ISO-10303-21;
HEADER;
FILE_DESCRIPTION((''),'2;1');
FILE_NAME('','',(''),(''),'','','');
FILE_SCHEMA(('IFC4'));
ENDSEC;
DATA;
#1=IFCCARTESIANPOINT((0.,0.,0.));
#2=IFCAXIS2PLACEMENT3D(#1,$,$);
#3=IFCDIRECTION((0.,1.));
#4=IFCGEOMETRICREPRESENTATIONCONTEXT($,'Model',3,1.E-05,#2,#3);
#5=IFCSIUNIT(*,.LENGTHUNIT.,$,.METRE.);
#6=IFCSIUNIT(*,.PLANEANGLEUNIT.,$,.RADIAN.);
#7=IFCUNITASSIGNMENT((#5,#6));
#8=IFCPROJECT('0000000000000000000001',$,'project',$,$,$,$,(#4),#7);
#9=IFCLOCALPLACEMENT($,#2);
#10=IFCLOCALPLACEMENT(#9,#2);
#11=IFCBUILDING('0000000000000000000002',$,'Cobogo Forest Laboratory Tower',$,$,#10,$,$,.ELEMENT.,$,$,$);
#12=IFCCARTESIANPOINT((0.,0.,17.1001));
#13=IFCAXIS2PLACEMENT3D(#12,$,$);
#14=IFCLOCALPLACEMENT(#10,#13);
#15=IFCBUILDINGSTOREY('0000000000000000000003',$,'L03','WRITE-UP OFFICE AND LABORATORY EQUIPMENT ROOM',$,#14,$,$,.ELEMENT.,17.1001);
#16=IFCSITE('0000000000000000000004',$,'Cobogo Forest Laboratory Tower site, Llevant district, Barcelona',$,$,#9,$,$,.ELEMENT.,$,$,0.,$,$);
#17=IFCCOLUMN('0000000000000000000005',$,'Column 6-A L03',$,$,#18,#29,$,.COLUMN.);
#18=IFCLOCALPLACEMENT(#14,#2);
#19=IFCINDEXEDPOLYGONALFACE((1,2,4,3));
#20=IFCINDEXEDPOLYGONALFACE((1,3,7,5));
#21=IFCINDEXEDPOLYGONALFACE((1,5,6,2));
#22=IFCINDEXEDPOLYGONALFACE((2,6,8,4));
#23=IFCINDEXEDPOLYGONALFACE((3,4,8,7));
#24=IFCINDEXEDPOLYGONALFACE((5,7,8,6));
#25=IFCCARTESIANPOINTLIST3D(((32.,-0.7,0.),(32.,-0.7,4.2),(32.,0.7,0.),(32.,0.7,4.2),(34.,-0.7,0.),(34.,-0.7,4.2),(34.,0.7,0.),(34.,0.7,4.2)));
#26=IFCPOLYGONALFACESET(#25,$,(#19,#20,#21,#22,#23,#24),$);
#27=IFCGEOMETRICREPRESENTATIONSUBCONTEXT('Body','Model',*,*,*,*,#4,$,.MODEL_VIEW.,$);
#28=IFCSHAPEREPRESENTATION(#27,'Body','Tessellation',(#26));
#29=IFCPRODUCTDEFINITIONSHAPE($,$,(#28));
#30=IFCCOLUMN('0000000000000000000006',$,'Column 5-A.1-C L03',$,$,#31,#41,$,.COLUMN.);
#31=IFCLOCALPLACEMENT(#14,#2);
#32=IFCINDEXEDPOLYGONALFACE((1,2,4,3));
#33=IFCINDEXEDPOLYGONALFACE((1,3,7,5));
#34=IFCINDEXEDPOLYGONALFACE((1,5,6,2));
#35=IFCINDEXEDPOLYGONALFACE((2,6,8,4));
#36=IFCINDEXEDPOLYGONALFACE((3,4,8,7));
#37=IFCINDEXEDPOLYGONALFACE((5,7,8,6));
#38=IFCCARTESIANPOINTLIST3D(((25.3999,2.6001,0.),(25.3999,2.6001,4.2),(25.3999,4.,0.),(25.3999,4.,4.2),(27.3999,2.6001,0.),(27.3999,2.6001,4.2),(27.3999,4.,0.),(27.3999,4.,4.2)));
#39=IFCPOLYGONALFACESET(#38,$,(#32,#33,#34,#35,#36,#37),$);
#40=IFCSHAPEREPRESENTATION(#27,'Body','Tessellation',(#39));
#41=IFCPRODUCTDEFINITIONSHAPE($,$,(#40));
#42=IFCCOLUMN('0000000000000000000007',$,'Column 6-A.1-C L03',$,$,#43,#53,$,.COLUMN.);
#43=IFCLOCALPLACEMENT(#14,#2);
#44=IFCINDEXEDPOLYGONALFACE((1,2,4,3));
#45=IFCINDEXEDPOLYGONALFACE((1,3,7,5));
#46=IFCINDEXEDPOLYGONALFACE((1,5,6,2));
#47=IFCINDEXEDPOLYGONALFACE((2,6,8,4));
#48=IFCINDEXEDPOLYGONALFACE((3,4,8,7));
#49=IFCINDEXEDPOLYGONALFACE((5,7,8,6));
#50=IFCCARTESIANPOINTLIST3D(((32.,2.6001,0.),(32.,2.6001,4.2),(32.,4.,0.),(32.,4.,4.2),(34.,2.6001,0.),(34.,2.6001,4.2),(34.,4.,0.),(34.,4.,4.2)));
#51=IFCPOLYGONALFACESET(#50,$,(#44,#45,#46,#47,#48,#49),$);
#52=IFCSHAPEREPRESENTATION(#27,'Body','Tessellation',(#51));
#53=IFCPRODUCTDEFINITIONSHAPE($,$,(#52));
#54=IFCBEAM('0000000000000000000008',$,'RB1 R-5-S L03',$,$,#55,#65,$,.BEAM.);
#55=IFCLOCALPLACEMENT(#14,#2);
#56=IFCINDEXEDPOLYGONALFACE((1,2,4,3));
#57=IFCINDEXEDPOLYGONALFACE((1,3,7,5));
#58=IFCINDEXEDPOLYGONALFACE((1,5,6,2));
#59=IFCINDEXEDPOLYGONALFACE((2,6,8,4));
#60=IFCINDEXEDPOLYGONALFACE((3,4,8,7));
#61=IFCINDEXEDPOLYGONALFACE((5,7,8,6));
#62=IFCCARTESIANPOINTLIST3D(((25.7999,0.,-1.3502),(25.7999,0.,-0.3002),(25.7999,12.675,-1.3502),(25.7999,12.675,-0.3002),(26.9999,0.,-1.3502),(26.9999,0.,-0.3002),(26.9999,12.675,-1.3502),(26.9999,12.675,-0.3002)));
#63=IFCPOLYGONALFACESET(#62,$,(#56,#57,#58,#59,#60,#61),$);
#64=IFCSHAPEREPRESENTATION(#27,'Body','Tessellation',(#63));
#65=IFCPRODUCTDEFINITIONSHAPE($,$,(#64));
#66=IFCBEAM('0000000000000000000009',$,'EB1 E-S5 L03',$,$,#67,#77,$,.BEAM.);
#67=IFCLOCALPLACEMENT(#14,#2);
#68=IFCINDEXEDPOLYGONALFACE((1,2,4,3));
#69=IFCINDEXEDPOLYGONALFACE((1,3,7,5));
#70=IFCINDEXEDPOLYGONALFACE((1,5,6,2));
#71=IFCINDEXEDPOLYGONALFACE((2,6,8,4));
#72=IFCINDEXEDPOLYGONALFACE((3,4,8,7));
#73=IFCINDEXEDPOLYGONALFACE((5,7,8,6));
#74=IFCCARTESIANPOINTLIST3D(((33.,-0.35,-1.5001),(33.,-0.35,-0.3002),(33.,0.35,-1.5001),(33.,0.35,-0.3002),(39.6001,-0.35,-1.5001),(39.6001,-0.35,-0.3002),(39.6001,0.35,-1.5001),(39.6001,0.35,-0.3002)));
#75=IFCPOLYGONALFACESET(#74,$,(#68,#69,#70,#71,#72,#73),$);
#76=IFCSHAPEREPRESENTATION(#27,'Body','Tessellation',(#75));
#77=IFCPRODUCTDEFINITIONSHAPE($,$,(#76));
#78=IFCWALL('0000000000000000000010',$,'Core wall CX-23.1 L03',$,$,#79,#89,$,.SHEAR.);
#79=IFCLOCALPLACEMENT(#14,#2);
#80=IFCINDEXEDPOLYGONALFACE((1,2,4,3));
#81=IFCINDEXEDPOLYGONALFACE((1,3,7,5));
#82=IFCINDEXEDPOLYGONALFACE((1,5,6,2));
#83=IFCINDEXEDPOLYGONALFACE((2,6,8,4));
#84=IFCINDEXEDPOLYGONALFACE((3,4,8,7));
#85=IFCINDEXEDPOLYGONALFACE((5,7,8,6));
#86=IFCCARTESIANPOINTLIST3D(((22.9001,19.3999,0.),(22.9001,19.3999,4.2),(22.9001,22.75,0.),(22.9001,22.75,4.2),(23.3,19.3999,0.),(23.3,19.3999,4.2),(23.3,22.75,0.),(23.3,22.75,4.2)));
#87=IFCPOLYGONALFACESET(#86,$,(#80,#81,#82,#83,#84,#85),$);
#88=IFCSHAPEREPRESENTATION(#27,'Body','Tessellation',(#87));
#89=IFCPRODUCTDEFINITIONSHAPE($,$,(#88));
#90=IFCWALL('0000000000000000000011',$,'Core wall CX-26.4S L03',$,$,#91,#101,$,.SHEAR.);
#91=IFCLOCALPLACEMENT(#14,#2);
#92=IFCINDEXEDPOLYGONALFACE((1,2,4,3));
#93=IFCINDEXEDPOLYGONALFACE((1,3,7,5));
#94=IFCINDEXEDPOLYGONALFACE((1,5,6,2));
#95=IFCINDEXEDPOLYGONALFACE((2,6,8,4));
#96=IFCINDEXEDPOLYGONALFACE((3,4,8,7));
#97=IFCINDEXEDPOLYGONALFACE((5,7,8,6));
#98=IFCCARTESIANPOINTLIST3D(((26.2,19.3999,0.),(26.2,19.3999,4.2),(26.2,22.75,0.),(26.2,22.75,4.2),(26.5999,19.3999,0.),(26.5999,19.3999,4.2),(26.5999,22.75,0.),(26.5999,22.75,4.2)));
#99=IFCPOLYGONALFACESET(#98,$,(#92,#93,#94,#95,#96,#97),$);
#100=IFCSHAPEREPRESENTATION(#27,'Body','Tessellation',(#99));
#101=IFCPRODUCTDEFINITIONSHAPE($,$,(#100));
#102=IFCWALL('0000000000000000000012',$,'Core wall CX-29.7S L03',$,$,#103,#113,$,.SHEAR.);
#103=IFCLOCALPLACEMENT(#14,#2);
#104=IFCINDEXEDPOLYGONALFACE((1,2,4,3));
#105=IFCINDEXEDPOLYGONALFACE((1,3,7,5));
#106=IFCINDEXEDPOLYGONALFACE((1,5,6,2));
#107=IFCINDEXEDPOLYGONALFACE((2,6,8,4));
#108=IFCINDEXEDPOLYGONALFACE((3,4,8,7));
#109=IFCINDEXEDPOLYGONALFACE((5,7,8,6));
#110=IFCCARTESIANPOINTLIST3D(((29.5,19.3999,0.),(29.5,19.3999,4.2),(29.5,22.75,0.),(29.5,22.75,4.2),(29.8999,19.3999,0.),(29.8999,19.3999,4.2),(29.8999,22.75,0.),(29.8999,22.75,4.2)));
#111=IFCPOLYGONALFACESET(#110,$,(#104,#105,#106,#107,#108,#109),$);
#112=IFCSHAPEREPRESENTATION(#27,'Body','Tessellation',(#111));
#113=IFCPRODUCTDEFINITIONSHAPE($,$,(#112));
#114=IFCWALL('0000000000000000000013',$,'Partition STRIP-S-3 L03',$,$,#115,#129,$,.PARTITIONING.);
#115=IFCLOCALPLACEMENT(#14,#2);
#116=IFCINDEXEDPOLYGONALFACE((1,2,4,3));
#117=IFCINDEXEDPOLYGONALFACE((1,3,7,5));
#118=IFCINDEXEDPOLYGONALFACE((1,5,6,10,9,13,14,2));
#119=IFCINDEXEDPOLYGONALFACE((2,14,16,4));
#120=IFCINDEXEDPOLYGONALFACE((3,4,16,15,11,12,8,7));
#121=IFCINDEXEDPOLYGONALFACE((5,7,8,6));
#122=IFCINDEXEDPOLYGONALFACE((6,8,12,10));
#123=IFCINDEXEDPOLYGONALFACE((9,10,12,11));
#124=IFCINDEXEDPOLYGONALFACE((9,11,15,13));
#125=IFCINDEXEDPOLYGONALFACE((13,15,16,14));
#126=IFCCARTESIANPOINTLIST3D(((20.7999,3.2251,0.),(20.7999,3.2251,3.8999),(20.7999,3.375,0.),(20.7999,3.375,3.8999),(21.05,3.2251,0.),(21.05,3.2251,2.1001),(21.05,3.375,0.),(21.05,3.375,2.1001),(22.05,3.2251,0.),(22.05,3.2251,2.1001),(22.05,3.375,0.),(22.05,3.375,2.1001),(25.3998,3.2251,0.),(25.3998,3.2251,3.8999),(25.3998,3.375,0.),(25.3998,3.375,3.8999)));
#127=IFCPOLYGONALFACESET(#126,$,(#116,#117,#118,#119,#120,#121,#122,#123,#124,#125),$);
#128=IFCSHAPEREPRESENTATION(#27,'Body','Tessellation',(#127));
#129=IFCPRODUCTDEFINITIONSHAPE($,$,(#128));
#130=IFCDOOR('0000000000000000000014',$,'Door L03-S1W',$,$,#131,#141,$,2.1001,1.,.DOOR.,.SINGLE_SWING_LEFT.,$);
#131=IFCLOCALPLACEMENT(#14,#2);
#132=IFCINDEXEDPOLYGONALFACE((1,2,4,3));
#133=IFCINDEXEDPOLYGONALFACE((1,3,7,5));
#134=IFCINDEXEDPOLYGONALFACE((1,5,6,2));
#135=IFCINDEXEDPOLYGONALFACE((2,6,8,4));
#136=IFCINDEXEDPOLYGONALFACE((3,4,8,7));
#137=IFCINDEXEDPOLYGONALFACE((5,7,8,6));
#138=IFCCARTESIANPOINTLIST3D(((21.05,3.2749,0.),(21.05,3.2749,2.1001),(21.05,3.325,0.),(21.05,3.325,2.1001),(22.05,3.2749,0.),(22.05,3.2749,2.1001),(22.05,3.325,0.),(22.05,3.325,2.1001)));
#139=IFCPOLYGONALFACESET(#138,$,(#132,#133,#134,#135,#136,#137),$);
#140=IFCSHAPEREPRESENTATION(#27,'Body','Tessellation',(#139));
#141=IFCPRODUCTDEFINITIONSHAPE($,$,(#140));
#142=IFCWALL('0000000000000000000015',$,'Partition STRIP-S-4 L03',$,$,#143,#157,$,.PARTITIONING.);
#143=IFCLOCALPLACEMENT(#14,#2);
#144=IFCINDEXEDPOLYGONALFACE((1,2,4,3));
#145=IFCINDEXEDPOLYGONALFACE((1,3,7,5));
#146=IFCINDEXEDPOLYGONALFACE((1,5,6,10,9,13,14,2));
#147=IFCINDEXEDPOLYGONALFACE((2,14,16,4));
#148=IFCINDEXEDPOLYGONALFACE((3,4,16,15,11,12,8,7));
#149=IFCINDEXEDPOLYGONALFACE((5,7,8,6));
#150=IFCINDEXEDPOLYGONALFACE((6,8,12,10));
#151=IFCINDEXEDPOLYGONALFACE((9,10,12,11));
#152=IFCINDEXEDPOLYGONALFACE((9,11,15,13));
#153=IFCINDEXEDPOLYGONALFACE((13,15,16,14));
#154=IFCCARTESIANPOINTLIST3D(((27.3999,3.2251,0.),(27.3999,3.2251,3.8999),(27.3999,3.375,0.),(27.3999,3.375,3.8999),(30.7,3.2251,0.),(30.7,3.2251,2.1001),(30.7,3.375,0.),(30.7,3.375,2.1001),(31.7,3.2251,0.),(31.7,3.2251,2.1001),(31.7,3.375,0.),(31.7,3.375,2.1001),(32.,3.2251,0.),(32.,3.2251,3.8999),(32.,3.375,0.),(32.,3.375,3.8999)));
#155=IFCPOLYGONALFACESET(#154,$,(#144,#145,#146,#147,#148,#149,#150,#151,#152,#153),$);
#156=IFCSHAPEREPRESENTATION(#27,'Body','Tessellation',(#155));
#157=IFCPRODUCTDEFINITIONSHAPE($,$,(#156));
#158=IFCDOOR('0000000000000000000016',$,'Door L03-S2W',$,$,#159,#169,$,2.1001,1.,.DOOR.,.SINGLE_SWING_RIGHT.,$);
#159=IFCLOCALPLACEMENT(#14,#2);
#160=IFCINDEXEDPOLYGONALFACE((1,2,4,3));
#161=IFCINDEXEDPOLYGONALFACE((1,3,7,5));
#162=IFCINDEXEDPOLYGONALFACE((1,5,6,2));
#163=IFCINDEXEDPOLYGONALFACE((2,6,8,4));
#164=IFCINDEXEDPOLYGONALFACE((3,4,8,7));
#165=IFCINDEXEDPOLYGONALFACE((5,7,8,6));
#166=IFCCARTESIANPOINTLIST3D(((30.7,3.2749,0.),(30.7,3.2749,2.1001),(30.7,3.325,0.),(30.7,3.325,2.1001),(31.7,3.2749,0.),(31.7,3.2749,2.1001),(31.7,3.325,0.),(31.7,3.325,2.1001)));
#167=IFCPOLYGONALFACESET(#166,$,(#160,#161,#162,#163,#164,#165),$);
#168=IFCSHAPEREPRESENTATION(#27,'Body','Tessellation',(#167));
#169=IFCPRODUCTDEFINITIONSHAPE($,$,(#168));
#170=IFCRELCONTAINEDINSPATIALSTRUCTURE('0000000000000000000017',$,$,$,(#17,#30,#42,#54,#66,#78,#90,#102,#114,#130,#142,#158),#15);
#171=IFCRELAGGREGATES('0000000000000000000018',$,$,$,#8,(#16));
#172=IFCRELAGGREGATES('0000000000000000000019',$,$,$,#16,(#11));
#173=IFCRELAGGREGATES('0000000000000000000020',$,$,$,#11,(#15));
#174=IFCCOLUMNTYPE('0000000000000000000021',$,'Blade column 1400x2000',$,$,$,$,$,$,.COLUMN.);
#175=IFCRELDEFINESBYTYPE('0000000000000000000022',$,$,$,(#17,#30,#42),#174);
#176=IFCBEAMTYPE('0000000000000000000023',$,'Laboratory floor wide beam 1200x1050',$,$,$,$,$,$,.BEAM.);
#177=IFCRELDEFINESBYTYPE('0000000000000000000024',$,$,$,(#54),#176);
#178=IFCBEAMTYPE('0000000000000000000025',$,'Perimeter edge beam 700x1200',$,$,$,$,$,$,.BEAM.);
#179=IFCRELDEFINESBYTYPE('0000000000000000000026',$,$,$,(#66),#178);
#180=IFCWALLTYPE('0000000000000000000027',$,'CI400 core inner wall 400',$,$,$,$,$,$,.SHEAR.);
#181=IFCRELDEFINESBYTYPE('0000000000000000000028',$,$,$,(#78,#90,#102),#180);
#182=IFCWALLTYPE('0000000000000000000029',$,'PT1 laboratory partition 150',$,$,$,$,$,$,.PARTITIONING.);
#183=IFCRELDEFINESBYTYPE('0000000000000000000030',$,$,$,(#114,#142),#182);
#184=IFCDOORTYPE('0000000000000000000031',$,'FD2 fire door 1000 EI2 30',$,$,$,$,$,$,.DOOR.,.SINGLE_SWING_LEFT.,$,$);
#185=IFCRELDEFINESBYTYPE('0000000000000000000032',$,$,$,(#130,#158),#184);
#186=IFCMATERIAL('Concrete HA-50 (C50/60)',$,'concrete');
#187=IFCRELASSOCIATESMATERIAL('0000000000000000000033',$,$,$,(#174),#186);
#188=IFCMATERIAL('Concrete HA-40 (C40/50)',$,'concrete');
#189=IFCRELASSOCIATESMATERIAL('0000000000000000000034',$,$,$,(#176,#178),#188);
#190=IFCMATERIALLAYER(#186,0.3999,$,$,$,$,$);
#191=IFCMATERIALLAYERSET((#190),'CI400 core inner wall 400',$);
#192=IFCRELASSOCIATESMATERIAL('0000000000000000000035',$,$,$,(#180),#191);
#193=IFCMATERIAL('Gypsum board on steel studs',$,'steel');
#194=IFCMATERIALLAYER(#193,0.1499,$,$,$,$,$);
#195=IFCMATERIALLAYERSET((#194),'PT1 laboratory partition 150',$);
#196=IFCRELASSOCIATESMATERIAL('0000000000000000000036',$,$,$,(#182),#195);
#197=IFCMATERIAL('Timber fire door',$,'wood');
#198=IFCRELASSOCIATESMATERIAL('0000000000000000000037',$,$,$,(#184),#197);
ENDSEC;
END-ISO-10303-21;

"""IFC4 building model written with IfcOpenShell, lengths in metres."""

from ifc_helpers import new_model, si_unit, direction, frame, frame_2d, origin, origin_2d, place, context, subcontext, project, spatial, rectangle, extrude, material, layer, layer_set, material_profile, profile_set, type_object, element, fill, save


model = new_model("IFC4")

# Units and contexts
model_context = context("Model", 3, precision=1e-05, world=origin(), true_north=direction((0.0, 1.0)))
body_context = subcontext(model_context, "Body", "Model", "MODEL_VIEW")
ifc_project = project(units=[si_unit("LENGTHUNIT", "METRE"), si_unit("PLANEANGLEUNIT", "RADIAN")], contexts=[model_context])

# Site, building, storey
site_placement = place(None, origin())
site = spatial("IfcSite", under=ifc_project, at=site_placement, Name="Cobogo Forest Laboratory Tower site, Llevant district, Barcelona", CompositionType="ELEMENT", RefElevation=0.0)
building_placement = place(site_placement, origin())
building = spatial("IfcBuilding", under=site, at=building_placement, Name="Cobogo Forest Laboratory Tower", CompositionType="ELEMENT")
storey_placement = place(building_placement, frame((0.0, 0.0, 17.1001)))
storey = spatial("IfcBuildingStorey", under=building, at=storey_placement, Name="L03", Description="WRITE-UP OFFICE AND LABORATORY EQUIPMENT ROOM", CompositionType="ELEMENT", Elevation=17.1001)

# Columns
ifc_material_1 = material(Name="Concrete HA-50 (C50/60)", Category="concrete")
ifc_material_profile_1 = material_profile(ifc_material_1, rectangle(XDim=2.0, YDim=1.3999, at=origin_2d()), Name="RC 1400x2000")
ifc_profile_set_1 = profile_set([ifc_material_profile_1], Name="Concrete HA-50 (C50/60)")
column_type = type_object("IfcColumnType", Name="Blade column 1400x2000", PredefinedType="COLUMN", material=ifc_profile_set_1)
for number, where, z_axis, x_axis, name in (
    (1, (33.0, 0.0, 0.0), (0.0, 0.0, 1.0), (1.0, 0.0, 0.0), "Column 6-A L03"),
    (2, (26.3999, 3.3, 0.0), (0.0, 0.0, 1.0), (1.0, 0.0, 0.0), "Column 5-A.1-C L03"),
    (3, (33.0, 3.3, 0.0), (0.0, 0.0, 1.0), (1.0, 0.0, 0.0), "Column 6-A.1-C L03"),
):
    element("IfcColumn", number, at=place(storey_placement, frame(where, z_axis=z_axis, x_axis=x_axis)), inside=storey, type_object=column_type, Name=name, PredefinedType="COLUMN", context=body_context, shape_type="SweptSolid", body=[
        extrude(rectangle(XDim=2.0, YDim=1.3999, at=origin_2d()), origin(), (0.0, 0.0, 1.0), 4.2),
    ])

# Beams
ifc_material_2 = material(Name="Concrete HA-40 (C40/50)", Category="concrete")
ifc_material_profile_2 = material_profile(ifc_material_2, rectangle(XDim=1.2, YDim=1.05, at=origin_2d()), Name="RC 1200x1050")
ifc_profile_set_2 = profile_set([ifc_material_profile_2], Name="Concrete HA-40 (C40/50)")
beam_type_1 = type_object("IfcBeamType", Name="Laboratory floor wide beam 1200x1050", PredefinedType="BEAM", material=ifc_profile_set_2)
beam_1_placement = place(storey_placement, frame((26.3999, 12.675, -0.8252), z_axis=(0.0, -1.0, 0.0), x_axis=(1.0, 0.0, 0.0)))
element("IfcBeam", 4, at=beam_1_placement, inside=storey, type_object=beam_type_1, Name="RB1 R-5-S L03", PredefinedType="BEAM", context=body_context, shape_type="SweptSolid", body=[
    extrude(rectangle(XDim=1.2, YDim=1.05, at=origin_2d()), origin(), (0.0, 0.0, 1.0), 12.675),
])
ifc_material_profile_3 = material_profile(ifc_material_2, rectangle(XDim=0.7, YDim=1.2, at=origin_2d()), Name="RC 700x1200")
ifc_profile_set_3 = profile_set([ifc_material_profile_3], Name="Concrete HA-40 (C40/50)")
beam_type_2 = type_object("IfcBeamType", Name="Perimeter edge beam 700x1200", PredefinedType="BEAM", material=ifc_profile_set_3)
beam_2_placement = place(storey_placement, frame((33.0, 0.0, -0.9001), z_axis=(1.0, 0.0, 0.0), x_axis=(0.0, 1.0, 0.0)))
element("IfcBeam", 5, at=beam_2_placement, inside=storey, type_object=beam_type_2, Name="EB1 E-S5 L03", PredefinedType="BEAM", context=body_context, shape_type="SweptSolid", body=[
    extrude(rectangle(XDim=0.7, YDim=1.2, at=origin_2d()), origin(), (0.0, 0.0, 1.0), 6.6001),
])

# Walls
ifc_layer_1 = layer(ifc_material_1, 0.3999)
ifc_layer_set_1 = layer_set([ifc_layer_1], Name="CI400 core inner wall 400")
wall_type_1 = type_object("IfcWallType", Name="CI400 core inner wall 400", PredefinedType="SHEAR", material=ifc_layer_set_1)
for number, where, z_axis, x_axis, name in (
    (6, (23.1001, 19.3999, 0.0), (0.0, 0.0, 1.0), (0.0, 1.0, 0.0), "Core wall CX-23.1 L03"),
    (7, (26.3999, 19.3999, 0.0), (0.0, 0.0, 1.0), (0.0, 1.0, 0.0), "Core wall CX-26.4S L03"),
    (8, (29.7, 19.3999, 0.0), (0.0, 0.0, 1.0), (0.0, 1.0, 0.0), "Core wall CX-29.7S L03"),
):
    element("IfcWall", number, at=place(storey_placement, frame(where, z_axis=z_axis, x_axis=x_axis)), inside=storey, type_object=wall_type_1, Name=name, PredefinedType="SHEAR", context=body_context, shape_type="SweptSolid", body=[
        extrude(rectangle(XDim=3.3501, YDim=0.3999, at=frame_2d((1.675, 0.0))), origin(), (0.0, 0.0, 1.0), 4.2),
    ])

# Walls, openings, doors
ifc_material_3 = material(Name="Gypsum board on steel studs", Category="steel")
ifc_layer_2 = layer(ifc_material_3, 0.1499)
ifc_layer_set_2 = layer_set([ifc_layer_2], Name="PT1 laboratory partition 150")
wall_type_2 = type_object("IfcWallType", Name="PT1 laboratory partition 150", PredefinedType="PARTITIONING", material=ifc_layer_set_2)
wall_1_placement = place(storey_placement, frame((20.8, 3.3, 0.0), z_axis=(0.0, 0.0, 1.0), x_axis=(1.0, 0.0, 0.0)))
wall_1 = element("IfcWall", 9, at=wall_1_placement, inside=storey, type_object=wall_type_2, Name="Partition STRIP-S-3 L03", PredefinedType="PARTITIONING", context=body_context, shape_type="SweptSolid", body=[
    extrude(rectangle(XDim=4.5999, YDim=0.1499, at=frame_2d((2.2998, 0.0))), origin(), (0.0, 0.0, 1.0), 3.8999),
])
opening_1_placement = place(wall_1_placement, frame((0.25, 0.0, 0.0)))
opening_1 = element("IfcOpeningElement", 10, at=opening_1_placement, cuts=wall_1, PredefinedType="OPENING", context=body_context, shape_type="SweptSolid", body=[
    extrude(rectangle(XDim=1.0, YDim=2.1001, at=frame_2d((0.5, 1.05))), frame((0.0, 0.085, 0.0), z_axis=(0.0, -1.0, 0.0), x_axis=(1.0, 0.0, 0.0)), (0.0, 0.0, 1.0), 0.1699),
])
ifc_material_4 = material(Name="Timber fire door", Category="wood")
door_type_1 = type_object("IfcDoorType", Name="FD2 fire door 1000 EI2 30", OperationType="SINGLE_SWING_LEFT", PredefinedType="DOOR", material=ifc_material_4)
door_1_placement = place(opening_1_placement, origin())
door_1 = element("IfcDoor", 11, at=door_1_placement, inside=storey, type_object=door_type_1, Name="Door L03-S1W", OperationType="SINGLE_SWING_LEFT", OverallHeight=2.1001, OverallWidth=1.0, PredefinedType="DOOR", context=body_context, shape_type="SweptSolid", body=[
    extrude(rectangle(XDim=1.0, YDim=2.1001, at=frame_2d((0.5, 1.05))), frame((0.0, 0.0249, 0.0), z_axis=(0.0, -1.0, 0.0), x_axis=(1.0, 0.0, 0.0)), (0.0, 0.0, 1.0), 0.05),
])
fill(opening_1, door_1)
wall_2_placement = place(storey_placement, frame((27.3999, 3.3, 0.0), z_axis=(0.0, 0.0, 1.0), x_axis=(1.0, 0.0, 0.0)))
wall_2 = element("IfcWall", 12, at=wall_2_placement, inside=storey, type_object=wall_type_2, Name="Partition STRIP-S-4 L03", PredefinedType="PARTITIONING", context=body_context, shape_type="SweptSolid", body=[
    extrude(rectangle(XDim=4.6001, YDim=0.1499, at=frame_2d((2.3, 0.0))), origin(), (0.0, 0.0, 1.0), 3.8999),
])
opening_2_placement = place(wall_2_placement, frame((3.3, 0.0, 0.0)))
opening_2 = element("IfcOpeningElement", 13, at=opening_2_placement, cuts=wall_2, PredefinedType="OPENING", context=body_context, shape_type="SweptSolid", body=[
    extrude(rectangle(XDim=1.0, YDim=2.1001, at=frame_2d((0.5, 1.05))), frame((0.0, 0.085, 0.0), z_axis=(0.0, -1.0, 0.0), x_axis=(1.0, 0.0, 0.0)), (0.0, 0.0, 1.0), 0.1699),
])
door_2_placement = place(opening_2_placement, origin())
door_2 = element("IfcDoor", 14, at=door_2_placement, inside=storey, type_object=door_type_1, Name="Door L03-S2W", OperationType="SINGLE_SWING_RIGHT", OverallHeight=2.1001, OverallWidth=1.0, PredefinedType="DOOR", context=body_context, shape_type="SweptSolid", body=[
    extrude(rectangle(XDim=1.0, YDim=2.1001, at=frame_2d((0.5, 1.05))), frame((0.0, 0.0249, 0.0), z_axis=(0.0, -1.0, 0.0), x_axis=(1.0, 0.0, 0.0)), (0.0, 0.0, 1.0), 0.05),
])
fill(opening_2, door_2)

save(model, "model.ifc")
